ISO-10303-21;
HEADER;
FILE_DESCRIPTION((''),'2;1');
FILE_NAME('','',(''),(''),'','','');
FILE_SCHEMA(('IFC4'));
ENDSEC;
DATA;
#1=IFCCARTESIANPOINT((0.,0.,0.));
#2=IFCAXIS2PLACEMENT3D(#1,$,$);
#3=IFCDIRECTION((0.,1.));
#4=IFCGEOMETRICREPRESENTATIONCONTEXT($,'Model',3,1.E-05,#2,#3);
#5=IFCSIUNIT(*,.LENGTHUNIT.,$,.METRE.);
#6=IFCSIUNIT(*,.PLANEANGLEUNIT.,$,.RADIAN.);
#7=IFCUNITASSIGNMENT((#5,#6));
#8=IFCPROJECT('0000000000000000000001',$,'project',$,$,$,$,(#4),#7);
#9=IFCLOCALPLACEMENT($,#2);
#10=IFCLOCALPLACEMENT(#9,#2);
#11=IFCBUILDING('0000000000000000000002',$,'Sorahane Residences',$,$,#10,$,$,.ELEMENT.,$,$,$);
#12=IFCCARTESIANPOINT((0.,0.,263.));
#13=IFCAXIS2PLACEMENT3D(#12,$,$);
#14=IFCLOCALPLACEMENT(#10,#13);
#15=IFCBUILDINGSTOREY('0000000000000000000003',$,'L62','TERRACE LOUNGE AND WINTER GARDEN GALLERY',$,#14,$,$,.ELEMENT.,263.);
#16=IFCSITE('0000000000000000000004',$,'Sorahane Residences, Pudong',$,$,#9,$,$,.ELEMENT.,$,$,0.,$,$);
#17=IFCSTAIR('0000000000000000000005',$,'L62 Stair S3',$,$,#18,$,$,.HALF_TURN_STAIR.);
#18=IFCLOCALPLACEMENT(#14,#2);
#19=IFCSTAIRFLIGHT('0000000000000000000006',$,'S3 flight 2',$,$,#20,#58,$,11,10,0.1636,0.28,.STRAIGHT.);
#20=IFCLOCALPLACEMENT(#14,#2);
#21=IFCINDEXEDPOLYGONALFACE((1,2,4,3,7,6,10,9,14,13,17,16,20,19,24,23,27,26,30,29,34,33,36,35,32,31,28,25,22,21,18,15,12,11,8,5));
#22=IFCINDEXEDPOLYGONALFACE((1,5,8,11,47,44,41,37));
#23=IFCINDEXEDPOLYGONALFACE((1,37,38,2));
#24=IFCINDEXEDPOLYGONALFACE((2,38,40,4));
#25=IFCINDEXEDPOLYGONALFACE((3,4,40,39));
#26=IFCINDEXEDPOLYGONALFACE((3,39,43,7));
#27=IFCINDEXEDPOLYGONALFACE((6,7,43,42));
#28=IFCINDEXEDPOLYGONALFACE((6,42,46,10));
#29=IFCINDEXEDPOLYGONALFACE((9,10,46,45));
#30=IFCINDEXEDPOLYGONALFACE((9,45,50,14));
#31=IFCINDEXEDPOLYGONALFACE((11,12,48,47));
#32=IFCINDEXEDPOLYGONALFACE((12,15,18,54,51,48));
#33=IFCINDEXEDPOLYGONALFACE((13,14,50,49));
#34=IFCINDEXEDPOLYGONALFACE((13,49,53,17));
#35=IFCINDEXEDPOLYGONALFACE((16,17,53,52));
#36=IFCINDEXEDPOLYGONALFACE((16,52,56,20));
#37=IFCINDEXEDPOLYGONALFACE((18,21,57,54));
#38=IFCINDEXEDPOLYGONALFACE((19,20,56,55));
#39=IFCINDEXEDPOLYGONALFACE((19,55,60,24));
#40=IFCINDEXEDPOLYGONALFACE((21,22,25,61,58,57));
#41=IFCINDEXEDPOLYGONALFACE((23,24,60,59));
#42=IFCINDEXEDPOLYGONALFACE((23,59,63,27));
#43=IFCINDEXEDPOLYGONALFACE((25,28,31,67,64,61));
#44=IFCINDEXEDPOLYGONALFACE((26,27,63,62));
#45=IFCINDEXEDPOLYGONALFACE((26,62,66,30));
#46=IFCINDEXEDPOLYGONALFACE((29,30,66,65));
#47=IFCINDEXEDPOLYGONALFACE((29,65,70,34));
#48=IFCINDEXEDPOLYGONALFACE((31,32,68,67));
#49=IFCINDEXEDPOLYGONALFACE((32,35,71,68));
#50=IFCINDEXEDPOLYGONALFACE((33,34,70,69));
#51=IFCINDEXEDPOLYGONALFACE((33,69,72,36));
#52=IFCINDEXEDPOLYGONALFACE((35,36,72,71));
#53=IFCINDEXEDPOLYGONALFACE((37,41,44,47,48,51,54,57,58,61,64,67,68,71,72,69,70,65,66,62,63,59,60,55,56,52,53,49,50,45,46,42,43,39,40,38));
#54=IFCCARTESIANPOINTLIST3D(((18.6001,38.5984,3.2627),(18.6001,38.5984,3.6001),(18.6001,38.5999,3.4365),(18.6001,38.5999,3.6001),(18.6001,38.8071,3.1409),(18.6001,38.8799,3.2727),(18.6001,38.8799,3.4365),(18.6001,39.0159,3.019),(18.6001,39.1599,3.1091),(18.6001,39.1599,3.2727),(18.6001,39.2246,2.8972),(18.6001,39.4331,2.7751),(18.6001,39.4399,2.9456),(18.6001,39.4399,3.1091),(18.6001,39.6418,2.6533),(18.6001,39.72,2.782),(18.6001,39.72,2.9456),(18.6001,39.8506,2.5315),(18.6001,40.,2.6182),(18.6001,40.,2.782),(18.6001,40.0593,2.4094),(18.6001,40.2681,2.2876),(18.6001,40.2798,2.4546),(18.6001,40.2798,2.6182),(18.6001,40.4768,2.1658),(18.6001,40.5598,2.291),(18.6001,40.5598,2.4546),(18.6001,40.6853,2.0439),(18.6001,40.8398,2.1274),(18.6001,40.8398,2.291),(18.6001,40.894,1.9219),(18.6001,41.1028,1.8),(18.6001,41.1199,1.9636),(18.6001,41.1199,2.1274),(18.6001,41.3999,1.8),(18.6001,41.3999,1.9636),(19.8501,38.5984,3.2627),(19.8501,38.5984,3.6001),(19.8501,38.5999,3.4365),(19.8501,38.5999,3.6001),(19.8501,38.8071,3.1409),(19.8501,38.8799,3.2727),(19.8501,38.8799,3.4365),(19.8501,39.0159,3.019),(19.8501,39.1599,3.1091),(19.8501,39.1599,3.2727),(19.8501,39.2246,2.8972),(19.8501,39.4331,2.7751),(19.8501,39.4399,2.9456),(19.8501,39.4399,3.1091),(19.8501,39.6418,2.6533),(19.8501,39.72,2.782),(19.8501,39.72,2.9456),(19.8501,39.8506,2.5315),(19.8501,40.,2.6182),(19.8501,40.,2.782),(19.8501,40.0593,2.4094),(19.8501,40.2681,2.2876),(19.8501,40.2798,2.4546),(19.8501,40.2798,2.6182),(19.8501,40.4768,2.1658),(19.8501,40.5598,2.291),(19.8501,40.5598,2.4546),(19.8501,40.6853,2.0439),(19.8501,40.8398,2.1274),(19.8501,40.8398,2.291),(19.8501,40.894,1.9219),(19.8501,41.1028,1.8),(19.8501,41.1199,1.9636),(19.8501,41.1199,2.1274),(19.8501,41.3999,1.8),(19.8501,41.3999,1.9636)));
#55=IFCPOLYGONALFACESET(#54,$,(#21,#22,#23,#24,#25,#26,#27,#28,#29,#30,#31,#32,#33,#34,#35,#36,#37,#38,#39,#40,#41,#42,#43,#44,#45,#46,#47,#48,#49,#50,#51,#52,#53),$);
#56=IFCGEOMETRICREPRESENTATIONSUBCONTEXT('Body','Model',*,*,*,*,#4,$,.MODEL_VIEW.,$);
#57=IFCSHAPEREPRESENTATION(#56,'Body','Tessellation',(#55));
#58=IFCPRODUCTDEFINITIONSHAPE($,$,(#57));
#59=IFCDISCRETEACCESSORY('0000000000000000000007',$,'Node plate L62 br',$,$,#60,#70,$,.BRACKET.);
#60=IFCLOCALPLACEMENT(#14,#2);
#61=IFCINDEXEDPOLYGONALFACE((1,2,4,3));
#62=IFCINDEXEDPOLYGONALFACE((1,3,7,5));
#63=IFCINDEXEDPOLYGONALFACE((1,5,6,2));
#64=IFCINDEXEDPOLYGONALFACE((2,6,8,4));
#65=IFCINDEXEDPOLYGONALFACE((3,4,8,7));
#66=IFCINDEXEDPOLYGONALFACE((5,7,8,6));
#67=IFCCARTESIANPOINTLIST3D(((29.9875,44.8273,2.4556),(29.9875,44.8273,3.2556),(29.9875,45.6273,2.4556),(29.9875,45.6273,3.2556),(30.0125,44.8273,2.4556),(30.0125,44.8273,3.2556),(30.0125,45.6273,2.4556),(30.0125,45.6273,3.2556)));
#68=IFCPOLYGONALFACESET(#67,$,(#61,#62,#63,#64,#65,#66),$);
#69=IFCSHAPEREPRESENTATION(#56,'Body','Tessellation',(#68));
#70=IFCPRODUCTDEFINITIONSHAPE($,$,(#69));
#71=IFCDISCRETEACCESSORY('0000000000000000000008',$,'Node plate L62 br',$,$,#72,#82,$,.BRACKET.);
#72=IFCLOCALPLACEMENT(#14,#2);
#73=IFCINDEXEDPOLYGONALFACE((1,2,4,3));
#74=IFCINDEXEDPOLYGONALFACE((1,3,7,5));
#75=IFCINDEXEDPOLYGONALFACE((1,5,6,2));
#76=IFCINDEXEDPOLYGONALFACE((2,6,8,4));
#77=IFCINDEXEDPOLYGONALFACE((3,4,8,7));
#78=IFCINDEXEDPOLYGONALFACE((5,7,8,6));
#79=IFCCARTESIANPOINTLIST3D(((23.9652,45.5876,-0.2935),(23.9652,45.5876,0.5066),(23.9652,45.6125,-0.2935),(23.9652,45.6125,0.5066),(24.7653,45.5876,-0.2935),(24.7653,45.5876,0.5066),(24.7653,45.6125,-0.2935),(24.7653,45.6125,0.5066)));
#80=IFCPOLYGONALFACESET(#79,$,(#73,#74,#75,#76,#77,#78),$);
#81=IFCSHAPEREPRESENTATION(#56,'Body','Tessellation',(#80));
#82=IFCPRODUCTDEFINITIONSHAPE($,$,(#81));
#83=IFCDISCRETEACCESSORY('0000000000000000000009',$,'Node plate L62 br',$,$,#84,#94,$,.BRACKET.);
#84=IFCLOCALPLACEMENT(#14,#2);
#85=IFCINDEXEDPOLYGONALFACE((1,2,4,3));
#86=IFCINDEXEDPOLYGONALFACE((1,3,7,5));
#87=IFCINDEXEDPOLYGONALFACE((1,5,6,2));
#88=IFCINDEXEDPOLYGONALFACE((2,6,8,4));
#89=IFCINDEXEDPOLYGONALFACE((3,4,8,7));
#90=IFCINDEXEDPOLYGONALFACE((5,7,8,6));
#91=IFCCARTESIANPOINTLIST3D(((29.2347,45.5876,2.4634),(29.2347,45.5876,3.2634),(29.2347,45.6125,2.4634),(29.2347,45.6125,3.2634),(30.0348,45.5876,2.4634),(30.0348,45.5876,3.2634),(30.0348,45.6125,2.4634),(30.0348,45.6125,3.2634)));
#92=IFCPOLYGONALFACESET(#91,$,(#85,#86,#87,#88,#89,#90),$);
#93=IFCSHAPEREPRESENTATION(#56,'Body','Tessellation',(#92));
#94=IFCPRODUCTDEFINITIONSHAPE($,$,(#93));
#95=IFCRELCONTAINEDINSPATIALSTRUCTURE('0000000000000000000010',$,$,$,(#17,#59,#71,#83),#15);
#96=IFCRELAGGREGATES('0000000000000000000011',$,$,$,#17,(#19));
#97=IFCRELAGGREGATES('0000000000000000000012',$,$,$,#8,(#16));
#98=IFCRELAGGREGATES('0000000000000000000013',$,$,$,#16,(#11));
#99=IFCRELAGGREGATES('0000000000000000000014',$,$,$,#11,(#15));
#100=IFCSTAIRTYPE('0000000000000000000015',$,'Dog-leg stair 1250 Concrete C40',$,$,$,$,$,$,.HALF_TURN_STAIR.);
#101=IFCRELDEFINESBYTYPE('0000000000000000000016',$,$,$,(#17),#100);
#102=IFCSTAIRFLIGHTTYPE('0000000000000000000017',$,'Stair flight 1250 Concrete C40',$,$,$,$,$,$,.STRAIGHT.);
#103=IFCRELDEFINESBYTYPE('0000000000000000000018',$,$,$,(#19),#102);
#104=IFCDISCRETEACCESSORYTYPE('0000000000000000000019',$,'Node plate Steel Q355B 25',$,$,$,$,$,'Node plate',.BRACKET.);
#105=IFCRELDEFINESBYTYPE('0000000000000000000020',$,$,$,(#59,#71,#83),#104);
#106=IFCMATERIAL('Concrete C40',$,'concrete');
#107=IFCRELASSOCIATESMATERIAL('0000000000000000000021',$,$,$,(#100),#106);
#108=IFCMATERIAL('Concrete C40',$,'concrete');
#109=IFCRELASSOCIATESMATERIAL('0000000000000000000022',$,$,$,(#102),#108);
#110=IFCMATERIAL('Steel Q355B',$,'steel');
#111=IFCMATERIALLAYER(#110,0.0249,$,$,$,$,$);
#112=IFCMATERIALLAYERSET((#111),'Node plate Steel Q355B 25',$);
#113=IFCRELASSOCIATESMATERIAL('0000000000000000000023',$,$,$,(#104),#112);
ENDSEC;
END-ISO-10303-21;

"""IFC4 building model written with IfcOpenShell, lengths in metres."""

from ifc_helpers import new_model, si_unit, direction, frame, origin, origin_2d, place, context, subcontext, project, spatial, polyline, rectangle, outline, extrude, material, layer, layer_set, type_object, element, aggregate, save


model = new_model("IFC4")

# Units and contexts
model_context = context("Model", 3, precision=1e-05, world=origin(), true_north=direction((0.0, 1.0)))
body_context = subcontext(model_context, "Body", "Model", "MODEL_VIEW")
ifc_project = project(units=[si_unit("LENGTHUNIT", "METRE"), si_unit("PLANEANGLEUNIT", "RADIAN")], contexts=[model_context])

# Site, building, storey
site_placement = place(None, origin())
site = spatial("IfcSite", under=ifc_project, at=site_placement, Name="Sorahane Residences, Pudong", CompositionType="ELEMENT", RefElevation=0.0)
building_placement = place(site_placement, origin())
building = spatial("IfcBuilding", under=site, at=building_placement, Name="Sorahane Residences", CompositionType="ELEMENT")
storey_placement = place(building_placement, frame((0.0, 0.0, 263.0)))
storey = spatial("IfcBuildingStorey", under=building, at=storey_placement, Name="L62", Description="TERRACE LOUNGE AND WINTER GARDEN GALLERY", CompositionType="ELEMENT", Elevation=263.0)

# Stair, stair flight
ifc_material_1 = material(Name="Concrete C40", Category="concrete")
stair_type = type_object("IfcStairType", Name="Dog-leg stair 1250 Concrete C40", PredefinedType="HALF_TURN_STAIR", material=ifc_material_1)
stair_placement = place(storey_placement, origin())
stair = element("IfcStair", 1, at=stair_placement, inside=storey, type_object=stair_type, Name="L62 Stair S3", PredefinedType="HALF_TURN_STAIR")
ifc_material_2 = material(Name="Concrete C40", Category="concrete")
stair_flight_type = type_object("IfcStairFlightType", Name="Stair flight 1250 Concrete C40", PredefinedType="STRAIGHT", material=ifc_material_2)
stair_flight_placement = place(storey_placement, frame((19.2251, 41.3999, 1.8), z_axis=(0.0, 0.0, 1.0), x_axis=(0.0, -1.0, 0.0)))
stair_flight = element("IfcStairFlight", 2, at=stair_flight_placement, type_object=stair_flight_type, Name="S3 flight 2", NumberOfRisers=11, NumberOfTreads=10, PredefinedType="STRAIGHT", RiserHeight=0.1636, TreadLength=0.28, context=body_context, shape_type="SweptSolid", body=[
    extrude(outline(polyline([(0.0, 0.0), (0.0, 0.1636), (0.28, 0.1636), (0.28, 0.3274), (0.5601, 0.3274), (0.5601, 0.491), (0.8401, 0.491), (0.8401, 0.6545), (1.1201, 0.6545), (1.1201, 0.8181), (1.3999, 0.8181), (1.3999, 0.9819), (1.6799, 0.9819), (1.6799, 1.1455), (1.96, 1.1455), (1.96, 1.3091), (2.24, 1.3091), (2.24, 1.4727), (2.52, 1.4727), (2.52, 1.6365), (2.8, 1.6365), (2.8, 1.8), (2.8015, 1.8), (2.8015, 1.4626), (2.5928, 1.3408), (2.384, 1.219), (2.1753, 1.0972), (1.9668, 0.9751), (1.7581, 0.8533), (1.5493, 0.7314), (1.3406, 0.6094), (1.1318, 0.4875), (0.9231, 0.3657), (0.7146, 0.2439), (0.5059, 0.1218), (0.2971, 0.0), (0.0, 0.0)])), frame((0.0, 0.625, 0.0), z_axis=(0.0, -1.0, 0.0), x_axis=(1.0, 0.0, 0.0)), (0.0, 0.0, 1.0), 1.25),
])
aggregate(stair, [stair_flight])

# Discrete accessories
ifc_material_3 = material(Name="Steel Q355B", Category="steel")
ifc_layer_1 = layer(ifc_material_3, 0.0249)
ifc_layer_set_1 = layer_set([ifc_layer_1], Name="Node plate Steel Q355B 25")
discrete_accessory_type = type_object("IfcDiscreteAccessoryType", Name="Node plate Steel Q355B 25", ElementType="Node plate", PredefinedType="BRACKET", material=ifc_layer_set_1)
for number, where, z_axis, x_axis, name in (
    (3, (30.0, 45.2273, 2.4556), (0.0, 0.0, 1.0), (0.0, 1.0, 0.0), "Node plate L62 br"),
    (4, (24.3652, 45.6001, -0.2935), (0.0, 0.0, 1.0), (1.0, 0.0, 0.0), "Node plate L62 br"),
    (5, (29.6348, 45.6001, 2.4634), (0.0, 0.0, 1.0), (1.0, 0.0, 0.0), "Node plate L62 br"),
):
    element("IfcDiscreteAccessory", number, at=place(storey_placement, frame(where, z_axis=z_axis, x_axis=x_axis)), inside=storey, type_object=discrete_accessory_type, Name=name, PredefinedType="BRACKET", context=body_context, shape_type="SweptSolid", body=[
        extrude(rectangle(XDim=0.8, YDim=0.0249, at=origin_2d()), origin(), (0.0, 0.0, 1.0), 0.8),
    ])

save(model, "model.ifc")
